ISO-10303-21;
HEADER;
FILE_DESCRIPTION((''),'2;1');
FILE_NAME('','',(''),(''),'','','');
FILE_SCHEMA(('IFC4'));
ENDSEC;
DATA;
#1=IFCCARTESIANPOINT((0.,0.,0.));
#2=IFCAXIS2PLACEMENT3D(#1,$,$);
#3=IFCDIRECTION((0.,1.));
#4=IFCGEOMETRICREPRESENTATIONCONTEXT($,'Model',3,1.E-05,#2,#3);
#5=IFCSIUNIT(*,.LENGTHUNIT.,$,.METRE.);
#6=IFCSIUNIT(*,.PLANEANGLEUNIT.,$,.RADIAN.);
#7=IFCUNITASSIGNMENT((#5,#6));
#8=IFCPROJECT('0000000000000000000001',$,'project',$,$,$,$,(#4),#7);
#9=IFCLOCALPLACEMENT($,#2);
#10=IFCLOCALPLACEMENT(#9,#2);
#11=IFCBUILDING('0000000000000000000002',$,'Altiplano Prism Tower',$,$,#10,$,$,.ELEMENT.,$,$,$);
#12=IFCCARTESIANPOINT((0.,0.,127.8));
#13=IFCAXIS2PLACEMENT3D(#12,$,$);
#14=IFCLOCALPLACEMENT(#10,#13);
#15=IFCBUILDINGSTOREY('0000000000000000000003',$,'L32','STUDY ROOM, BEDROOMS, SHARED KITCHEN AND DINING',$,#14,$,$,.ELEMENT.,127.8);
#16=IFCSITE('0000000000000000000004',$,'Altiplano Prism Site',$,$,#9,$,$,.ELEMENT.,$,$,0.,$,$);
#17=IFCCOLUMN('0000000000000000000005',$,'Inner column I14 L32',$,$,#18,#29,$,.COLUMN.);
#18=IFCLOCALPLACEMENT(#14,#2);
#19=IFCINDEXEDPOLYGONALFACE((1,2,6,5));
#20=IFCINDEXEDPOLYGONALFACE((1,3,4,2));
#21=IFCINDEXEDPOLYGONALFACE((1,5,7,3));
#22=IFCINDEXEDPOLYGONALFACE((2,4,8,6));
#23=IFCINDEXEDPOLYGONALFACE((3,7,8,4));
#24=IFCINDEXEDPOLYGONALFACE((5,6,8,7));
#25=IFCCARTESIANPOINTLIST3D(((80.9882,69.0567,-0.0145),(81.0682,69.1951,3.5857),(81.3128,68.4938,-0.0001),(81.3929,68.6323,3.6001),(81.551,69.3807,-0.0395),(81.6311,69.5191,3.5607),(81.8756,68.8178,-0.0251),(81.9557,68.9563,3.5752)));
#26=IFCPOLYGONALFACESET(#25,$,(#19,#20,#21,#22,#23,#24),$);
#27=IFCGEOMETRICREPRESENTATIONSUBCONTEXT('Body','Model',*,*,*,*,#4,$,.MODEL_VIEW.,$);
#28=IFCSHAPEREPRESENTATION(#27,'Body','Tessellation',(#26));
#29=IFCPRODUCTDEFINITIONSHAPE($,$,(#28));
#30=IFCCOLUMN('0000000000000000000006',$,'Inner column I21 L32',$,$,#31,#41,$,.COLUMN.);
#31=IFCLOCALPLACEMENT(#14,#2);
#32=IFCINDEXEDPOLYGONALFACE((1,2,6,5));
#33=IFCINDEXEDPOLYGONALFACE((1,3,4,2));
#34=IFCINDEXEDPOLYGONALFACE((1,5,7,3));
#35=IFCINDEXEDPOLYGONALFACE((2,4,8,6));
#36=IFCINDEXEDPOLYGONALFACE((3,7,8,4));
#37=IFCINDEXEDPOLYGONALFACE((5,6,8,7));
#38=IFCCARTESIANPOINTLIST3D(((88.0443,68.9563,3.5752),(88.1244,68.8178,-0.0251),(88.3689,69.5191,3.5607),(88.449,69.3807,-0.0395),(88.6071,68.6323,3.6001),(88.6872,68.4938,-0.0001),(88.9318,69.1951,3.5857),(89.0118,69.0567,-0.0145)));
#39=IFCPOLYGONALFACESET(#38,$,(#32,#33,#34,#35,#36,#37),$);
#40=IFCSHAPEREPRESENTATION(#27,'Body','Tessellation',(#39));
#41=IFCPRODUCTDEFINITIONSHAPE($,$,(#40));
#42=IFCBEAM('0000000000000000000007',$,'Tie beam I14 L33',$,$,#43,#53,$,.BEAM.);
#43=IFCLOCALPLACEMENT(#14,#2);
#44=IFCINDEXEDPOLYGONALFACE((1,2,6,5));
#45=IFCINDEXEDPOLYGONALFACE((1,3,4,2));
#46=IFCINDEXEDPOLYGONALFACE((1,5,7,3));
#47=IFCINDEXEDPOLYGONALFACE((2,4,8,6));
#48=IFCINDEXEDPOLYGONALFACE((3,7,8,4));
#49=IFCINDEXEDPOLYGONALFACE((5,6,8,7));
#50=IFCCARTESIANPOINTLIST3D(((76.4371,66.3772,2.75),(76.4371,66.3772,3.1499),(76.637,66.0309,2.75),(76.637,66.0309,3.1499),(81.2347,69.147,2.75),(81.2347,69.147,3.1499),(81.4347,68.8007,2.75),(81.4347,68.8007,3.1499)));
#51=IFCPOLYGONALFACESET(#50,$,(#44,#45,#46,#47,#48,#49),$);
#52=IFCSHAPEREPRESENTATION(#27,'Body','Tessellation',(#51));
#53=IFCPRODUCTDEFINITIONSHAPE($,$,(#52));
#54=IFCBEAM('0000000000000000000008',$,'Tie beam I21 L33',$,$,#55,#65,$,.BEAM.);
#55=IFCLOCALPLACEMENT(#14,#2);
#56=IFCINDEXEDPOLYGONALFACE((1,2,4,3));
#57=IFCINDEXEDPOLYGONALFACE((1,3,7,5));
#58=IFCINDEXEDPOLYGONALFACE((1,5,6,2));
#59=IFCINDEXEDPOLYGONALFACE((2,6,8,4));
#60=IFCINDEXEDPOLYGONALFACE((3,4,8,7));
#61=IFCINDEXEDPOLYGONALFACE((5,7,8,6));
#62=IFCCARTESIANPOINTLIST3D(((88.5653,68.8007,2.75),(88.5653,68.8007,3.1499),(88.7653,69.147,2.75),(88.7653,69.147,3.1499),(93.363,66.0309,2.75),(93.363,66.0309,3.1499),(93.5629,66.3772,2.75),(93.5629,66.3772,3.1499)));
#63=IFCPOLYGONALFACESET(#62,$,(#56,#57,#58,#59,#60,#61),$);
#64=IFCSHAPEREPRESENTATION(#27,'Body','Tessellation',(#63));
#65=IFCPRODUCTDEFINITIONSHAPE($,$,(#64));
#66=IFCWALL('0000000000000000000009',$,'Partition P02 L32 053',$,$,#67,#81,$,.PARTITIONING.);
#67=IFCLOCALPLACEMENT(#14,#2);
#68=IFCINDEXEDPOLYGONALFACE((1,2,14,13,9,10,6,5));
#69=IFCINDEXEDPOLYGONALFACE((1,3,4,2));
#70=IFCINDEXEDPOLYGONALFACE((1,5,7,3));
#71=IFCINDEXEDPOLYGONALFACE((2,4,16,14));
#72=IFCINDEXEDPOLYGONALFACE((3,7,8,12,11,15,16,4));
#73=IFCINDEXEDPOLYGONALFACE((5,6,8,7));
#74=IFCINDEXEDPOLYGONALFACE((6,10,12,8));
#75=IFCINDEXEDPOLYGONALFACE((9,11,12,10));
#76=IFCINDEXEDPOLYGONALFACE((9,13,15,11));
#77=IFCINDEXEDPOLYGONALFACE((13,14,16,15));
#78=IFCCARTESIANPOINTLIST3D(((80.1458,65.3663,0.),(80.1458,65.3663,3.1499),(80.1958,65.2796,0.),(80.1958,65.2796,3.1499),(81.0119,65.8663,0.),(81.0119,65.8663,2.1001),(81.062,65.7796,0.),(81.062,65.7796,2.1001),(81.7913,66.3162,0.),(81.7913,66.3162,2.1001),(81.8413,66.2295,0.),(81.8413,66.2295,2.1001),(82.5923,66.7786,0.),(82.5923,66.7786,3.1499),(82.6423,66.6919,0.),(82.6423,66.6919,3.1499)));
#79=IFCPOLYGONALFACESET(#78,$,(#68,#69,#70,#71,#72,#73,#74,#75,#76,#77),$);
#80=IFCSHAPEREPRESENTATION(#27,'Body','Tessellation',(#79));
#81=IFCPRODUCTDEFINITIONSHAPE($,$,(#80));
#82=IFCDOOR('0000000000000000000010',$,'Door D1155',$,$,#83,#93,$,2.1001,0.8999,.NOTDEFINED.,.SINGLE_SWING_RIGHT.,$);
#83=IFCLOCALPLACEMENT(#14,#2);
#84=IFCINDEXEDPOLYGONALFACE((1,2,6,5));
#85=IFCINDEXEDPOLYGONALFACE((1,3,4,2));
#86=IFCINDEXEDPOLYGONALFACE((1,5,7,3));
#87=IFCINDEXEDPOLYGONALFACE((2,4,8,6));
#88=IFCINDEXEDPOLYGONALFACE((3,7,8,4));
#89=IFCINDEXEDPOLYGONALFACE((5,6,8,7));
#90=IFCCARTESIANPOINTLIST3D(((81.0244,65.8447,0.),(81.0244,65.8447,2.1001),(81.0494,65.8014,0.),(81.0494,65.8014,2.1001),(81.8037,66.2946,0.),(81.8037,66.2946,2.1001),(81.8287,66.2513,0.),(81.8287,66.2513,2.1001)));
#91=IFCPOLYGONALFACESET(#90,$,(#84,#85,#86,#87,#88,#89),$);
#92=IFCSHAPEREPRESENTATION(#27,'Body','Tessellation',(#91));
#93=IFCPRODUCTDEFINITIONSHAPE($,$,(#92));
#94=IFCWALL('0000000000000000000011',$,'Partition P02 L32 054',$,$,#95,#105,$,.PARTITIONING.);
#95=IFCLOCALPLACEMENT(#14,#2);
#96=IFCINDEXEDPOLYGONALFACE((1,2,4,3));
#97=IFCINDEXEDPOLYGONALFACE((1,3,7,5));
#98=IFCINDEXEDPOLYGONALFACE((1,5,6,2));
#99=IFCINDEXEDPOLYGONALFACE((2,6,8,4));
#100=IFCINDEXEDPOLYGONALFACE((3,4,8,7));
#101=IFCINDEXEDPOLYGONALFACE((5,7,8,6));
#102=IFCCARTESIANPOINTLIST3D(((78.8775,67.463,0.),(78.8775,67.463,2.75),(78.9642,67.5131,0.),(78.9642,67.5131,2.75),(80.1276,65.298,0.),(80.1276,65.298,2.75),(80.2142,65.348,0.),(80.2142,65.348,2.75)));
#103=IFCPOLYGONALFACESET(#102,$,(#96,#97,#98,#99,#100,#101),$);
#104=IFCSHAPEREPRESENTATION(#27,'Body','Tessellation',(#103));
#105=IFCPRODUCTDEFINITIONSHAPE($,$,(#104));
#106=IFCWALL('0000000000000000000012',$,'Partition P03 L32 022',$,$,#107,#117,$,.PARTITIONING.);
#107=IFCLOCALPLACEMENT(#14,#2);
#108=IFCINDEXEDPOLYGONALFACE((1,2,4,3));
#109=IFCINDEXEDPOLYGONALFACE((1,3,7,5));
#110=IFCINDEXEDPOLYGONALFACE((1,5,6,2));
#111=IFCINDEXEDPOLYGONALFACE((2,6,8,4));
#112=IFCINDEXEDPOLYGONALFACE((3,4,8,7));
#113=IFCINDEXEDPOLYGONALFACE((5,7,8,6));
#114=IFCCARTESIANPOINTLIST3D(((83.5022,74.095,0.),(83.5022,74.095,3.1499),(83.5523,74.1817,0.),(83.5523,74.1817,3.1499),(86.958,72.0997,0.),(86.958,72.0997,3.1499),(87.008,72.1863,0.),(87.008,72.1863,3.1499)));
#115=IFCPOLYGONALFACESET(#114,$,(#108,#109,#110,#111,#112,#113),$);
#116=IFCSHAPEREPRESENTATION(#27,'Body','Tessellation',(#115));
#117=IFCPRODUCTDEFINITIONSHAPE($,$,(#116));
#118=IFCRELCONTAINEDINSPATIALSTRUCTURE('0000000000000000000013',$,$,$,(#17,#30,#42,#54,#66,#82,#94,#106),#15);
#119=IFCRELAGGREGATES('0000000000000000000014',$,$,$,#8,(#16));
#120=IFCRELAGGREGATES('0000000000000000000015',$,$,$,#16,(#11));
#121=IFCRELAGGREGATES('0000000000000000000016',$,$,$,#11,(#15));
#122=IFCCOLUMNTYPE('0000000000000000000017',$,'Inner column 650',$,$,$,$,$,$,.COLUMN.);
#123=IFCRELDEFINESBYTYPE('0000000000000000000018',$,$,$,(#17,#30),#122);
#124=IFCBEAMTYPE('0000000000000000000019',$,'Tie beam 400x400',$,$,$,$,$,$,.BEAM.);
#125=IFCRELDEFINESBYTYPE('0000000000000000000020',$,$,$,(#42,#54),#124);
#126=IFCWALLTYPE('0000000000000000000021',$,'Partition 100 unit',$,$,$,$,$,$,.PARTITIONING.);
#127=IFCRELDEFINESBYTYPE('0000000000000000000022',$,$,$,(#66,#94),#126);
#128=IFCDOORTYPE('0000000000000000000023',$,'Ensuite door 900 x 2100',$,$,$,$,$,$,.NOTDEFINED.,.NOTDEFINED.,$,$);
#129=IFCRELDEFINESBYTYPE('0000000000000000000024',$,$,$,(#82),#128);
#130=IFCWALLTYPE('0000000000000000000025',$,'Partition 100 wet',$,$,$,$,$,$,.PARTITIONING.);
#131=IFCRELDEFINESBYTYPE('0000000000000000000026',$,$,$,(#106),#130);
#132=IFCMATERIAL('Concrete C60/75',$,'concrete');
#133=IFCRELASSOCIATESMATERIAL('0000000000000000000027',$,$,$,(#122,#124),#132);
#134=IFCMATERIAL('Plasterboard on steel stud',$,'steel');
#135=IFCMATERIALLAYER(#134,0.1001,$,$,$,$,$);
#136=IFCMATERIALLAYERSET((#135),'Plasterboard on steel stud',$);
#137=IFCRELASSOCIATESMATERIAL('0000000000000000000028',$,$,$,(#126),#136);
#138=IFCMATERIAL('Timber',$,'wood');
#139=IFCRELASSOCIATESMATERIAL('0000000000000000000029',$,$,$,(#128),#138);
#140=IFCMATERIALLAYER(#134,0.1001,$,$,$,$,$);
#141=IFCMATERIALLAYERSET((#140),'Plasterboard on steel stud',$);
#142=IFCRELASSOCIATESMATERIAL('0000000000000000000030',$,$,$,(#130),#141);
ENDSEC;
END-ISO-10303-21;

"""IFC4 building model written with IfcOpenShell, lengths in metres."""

from ifc_helpers import new_model, si_unit, direction, frame, frame_2d, origin, origin_2d, place, context, subcontext, project, spatial, rectangle, extrude, material, layer, layer_set, material_profile, profile_set, type_object, element, fill, save


model = new_model("IFC4")

# Units and contexts
model_context = context("Model", 3, precision=1e-05, world=origin(), true_north=direction((0.0, 1.0)))
body_context = subcontext(model_context, "Body", "Model", "MODEL_VIEW")
ifc_project = project(units=[si_unit("LENGTHUNIT", "METRE"), si_unit("PLANEANGLEUNIT", "RADIAN")], contexts=[model_context])

# Site, building, storey
site_placement = place(None, origin())
site = spatial("IfcSite", under=ifc_project, at=site_placement, Name="Altiplano Prism Site", CompositionType="ELEMENT", RefElevation=0.0)
building_placement = place(site_placement, origin())
building = spatial("IfcBuilding", under=site, at=building_placement, Name="Altiplano Prism Tower", CompositionType="ELEMENT")
storey_placement = place(building_placement, frame((0.0, 0.0, 127.8)))
storey = spatial("IfcBuildingStorey", under=building, at=storey_placement, Name="L32", Description="STUDY ROOM, BEDROOMS, SHARED KITCHEN AND DINING", CompositionType="ELEMENT", Elevation=127.8)

# Columns
ifc_material_1 = material(Name="Concrete C60/75", Category="concrete")
ifc_material_profile_1 = material_profile(ifc_material_1, rectangle(XDim=0.6499, YDim=0.6499, at=origin_2d()), Name="Inner column 650")
ifc_profile_set_1 = profile_set([ifc_material_profile_1], Name="Concrete C60/75")
column_type = type_object("IfcColumnType", Name="Inner column 650", PredefinedType="COLUMN", material=ifc_profile_set_1)
for number, where, z_axis, x_axis, name in (
    (1, (81.4319, 68.9373, -0.0198), (0.022221, 0.038413, 0.999015), (-0.866021, -0.498528, 0.038432), "Inner column I14 L32"),
    (2, (88.5681, 68.9373, -0.0198), (-0.022221, 0.038413, 0.999015), (-0.499513, -0.866022, 0.022189), "Inner column I21 L32"),
):
    element("IfcColumn", number, at=place(storey_placement, frame(where, z_axis=z_axis, x_axis=x_axis)), inside=storey, type_object=column_type, Name=name, PredefinedType="COLUMN", context=body_context, shape_type="SweptSolid", body=[
        extrude(rectangle(XDim=0.6499, YDim=0.6499, at=origin_2d()), origin(), (0.0, 0.0, 1.0), 3.6038),
    ])

# Beams
ifc_material_profile_2 = material_profile(ifc_material_1, rectangle(XDim=0.3999, YDim=0.3999, at=origin_2d()), Name="Tie beam 400x400")
ifc_profile_set_2 = profile_set([ifc_material_profile_2], Name="Concrete C60/75")
beam_type = type_object("IfcBeamType", Name="Tie beam 400x400", PredefinedType="BEAM", material=ifc_profile_set_2)
for number, where, z_axis, x_axis, name in (
    (3, (81.3347, 68.9739, 2.95), (-0.866035, -0.499983, 0.0), (0.499983, -0.866035, 0.0), "Tie beam I14 L33"),
    (4, (88.6653, 68.9739, 2.95), (0.866035, -0.499983, 0.0), (0.499983, 0.866035, 0.0), "Tie beam I21 L33"),
):
    element("IfcBeam", number, at=place(storey_placement, frame(where, z_axis=z_axis, x_axis=x_axis)), inside=storey, type_object=beam_type, Name=name, PredefinedType="BEAM", context=body_context, shape_type="SweptSolid", body=[
        extrude(rectangle(XDim=0.3999, YDim=0.3999, at=origin_2d()), origin(), (0.0, 0.0, 1.0), 5.5398),
    ])

# Wall, opening, door
ifc_material_2 = material(Name="Plasterboard on steel stud", Category="steel")
ifc_layer_1 = layer(ifc_material_2, 0.1001)
ifc_layer_set_1 = layer_set([ifc_layer_1], Name="Plasterboard on steel stud")
wall_type_1 = type_object("IfcWallType", Name="Partition 100 unit", PredefinedType="PARTITIONING", material=ifc_layer_set_1)
wall_1_placement = place(storey_placement, frame((82.6174, 66.7354, 0.0), z_axis=(0.0, 0.0, 1.0), x_axis=(-0.866049, -0.499959, 0.0)))
wall_1 = element("IfcWall", 5, at=wall_1_placement, inside=storey, type_object=wall_type_1, Name="Partition P02 L32 053", PredefinedType="PARTITIONING", context=body_context, shape_type="SweptSolid", body=[
    extrude(rectangle(XDim=2.825, YDim=0.1001, at=frame_2d((1.4126, 0.0))), origin(), (0.0, 0.0, 1.0), 3.1499),
])
opening_1_placement = place(wall_1_placement, frame((0.925, 0.0, 0.0)))
opening_1 = element("IfcOpeningElement", 6, at=opening_1_placement, cuts=wall_1, PredefinedType="OPENING", context=body_context, shape_type="SweptSolid", body=[
    extrude(rectangle(XDim=0.8999, YDim=2.1001, at=frame_2d((0.45, 1.05))), frame((0.0, 0.0605, 0.0), z_axis=(0.0, -1.0, 0.0), x_axis=(1.0, 0.0, 0.0)), (0.0, 0.0, 1.0), 0.1211),
])
ifc_material_3 = material(Name="Timber", Category="wood")
door_type_1 = type_object("IfcDoorType", Name="Ensuite door 900 x 2100", OperationType="NOTDEFINED", PredefinedType="NOTDEFINED", material=ifc_material_3)
door_1_placement = place(opening_1_placement, origin())
door_1 = element("IfcDoor", 7, at=door_1_placement, inside=storey, type_object=door_type_1, Name="Door D1155", OperationType="SINGLE_SWING_RIGHT", OverallHeight=2.1001, OverallWidth=0.8999, PredefinedType="NOTDEFINED", context=body_context, shape_type="SweptSolid", body=[
    extrude(rectangle(XDim=0.8999, YDim=2.1001, at=frame_2d((0.45, 1.05))), frame((0.0, 0.0249, 0.0), z_axis=(0.0, -1.0, 0.0), x_axis=(1.0, 0.0, 0.0)), (0.0, 0.0, 1.0), 0.05),
])
fill(opening_1, door_1)

# Walls
wall_2_placement = place(storey_placement, frame((80.1709, 65.323, 0.0), z_axis=(0.0, 0.0, 1.0), x_axis=(-0.500004, 0.866023, 0.0)))
element("IfcWall", 8, at=wall_2_placement, inside=storey, type_object=wall_type_1, Name="Partition P02 L32 054", PredefinedType="PARTITIONING", context=body_context, shape_type="SweptSolid", body=[
    extrude(rectangle(XDim=2.5, YDim=0.1001, at=frame_2d((1.25, 0.0))), origin(), (0.0, 0.0, 1.0), 2.75),
])
ifc_layer_2 = layer(ifc_material_2, 0.1001)
ifc_layer_set_2 = layer_set([ifc_layer_2], Name="Plasterboard on steel stud")
wall_type_2 = type_object("IfcWallType", Name="Partition 100 wet", PredefinedType="PARTITIONING", material=ifc_layer_set_2)
wall_3_placement = place(storey_placement, frame((86.9829, 72.1431, 0.0), z_axis=(0.0, 0.0, 1.0), x_axis=(-0.866009, 0.500028, 0.0)))
element("IfcWall", 9, at=wall_3_placement, inside=storey, type_object=wall_type_2, Name="Partition P03 L32 022", PredefinedType="PARTITIONING", context=body_context, shape_type="SweptSolid", body=[
    extrude(rectangle(XDim=3.9905, YDim=0.1001, at=frame_2d((1.9951, 0.0))), origin(), (0.0, 0.0, 1.0), 3.1499),
])

save(model, "model.ifc")
